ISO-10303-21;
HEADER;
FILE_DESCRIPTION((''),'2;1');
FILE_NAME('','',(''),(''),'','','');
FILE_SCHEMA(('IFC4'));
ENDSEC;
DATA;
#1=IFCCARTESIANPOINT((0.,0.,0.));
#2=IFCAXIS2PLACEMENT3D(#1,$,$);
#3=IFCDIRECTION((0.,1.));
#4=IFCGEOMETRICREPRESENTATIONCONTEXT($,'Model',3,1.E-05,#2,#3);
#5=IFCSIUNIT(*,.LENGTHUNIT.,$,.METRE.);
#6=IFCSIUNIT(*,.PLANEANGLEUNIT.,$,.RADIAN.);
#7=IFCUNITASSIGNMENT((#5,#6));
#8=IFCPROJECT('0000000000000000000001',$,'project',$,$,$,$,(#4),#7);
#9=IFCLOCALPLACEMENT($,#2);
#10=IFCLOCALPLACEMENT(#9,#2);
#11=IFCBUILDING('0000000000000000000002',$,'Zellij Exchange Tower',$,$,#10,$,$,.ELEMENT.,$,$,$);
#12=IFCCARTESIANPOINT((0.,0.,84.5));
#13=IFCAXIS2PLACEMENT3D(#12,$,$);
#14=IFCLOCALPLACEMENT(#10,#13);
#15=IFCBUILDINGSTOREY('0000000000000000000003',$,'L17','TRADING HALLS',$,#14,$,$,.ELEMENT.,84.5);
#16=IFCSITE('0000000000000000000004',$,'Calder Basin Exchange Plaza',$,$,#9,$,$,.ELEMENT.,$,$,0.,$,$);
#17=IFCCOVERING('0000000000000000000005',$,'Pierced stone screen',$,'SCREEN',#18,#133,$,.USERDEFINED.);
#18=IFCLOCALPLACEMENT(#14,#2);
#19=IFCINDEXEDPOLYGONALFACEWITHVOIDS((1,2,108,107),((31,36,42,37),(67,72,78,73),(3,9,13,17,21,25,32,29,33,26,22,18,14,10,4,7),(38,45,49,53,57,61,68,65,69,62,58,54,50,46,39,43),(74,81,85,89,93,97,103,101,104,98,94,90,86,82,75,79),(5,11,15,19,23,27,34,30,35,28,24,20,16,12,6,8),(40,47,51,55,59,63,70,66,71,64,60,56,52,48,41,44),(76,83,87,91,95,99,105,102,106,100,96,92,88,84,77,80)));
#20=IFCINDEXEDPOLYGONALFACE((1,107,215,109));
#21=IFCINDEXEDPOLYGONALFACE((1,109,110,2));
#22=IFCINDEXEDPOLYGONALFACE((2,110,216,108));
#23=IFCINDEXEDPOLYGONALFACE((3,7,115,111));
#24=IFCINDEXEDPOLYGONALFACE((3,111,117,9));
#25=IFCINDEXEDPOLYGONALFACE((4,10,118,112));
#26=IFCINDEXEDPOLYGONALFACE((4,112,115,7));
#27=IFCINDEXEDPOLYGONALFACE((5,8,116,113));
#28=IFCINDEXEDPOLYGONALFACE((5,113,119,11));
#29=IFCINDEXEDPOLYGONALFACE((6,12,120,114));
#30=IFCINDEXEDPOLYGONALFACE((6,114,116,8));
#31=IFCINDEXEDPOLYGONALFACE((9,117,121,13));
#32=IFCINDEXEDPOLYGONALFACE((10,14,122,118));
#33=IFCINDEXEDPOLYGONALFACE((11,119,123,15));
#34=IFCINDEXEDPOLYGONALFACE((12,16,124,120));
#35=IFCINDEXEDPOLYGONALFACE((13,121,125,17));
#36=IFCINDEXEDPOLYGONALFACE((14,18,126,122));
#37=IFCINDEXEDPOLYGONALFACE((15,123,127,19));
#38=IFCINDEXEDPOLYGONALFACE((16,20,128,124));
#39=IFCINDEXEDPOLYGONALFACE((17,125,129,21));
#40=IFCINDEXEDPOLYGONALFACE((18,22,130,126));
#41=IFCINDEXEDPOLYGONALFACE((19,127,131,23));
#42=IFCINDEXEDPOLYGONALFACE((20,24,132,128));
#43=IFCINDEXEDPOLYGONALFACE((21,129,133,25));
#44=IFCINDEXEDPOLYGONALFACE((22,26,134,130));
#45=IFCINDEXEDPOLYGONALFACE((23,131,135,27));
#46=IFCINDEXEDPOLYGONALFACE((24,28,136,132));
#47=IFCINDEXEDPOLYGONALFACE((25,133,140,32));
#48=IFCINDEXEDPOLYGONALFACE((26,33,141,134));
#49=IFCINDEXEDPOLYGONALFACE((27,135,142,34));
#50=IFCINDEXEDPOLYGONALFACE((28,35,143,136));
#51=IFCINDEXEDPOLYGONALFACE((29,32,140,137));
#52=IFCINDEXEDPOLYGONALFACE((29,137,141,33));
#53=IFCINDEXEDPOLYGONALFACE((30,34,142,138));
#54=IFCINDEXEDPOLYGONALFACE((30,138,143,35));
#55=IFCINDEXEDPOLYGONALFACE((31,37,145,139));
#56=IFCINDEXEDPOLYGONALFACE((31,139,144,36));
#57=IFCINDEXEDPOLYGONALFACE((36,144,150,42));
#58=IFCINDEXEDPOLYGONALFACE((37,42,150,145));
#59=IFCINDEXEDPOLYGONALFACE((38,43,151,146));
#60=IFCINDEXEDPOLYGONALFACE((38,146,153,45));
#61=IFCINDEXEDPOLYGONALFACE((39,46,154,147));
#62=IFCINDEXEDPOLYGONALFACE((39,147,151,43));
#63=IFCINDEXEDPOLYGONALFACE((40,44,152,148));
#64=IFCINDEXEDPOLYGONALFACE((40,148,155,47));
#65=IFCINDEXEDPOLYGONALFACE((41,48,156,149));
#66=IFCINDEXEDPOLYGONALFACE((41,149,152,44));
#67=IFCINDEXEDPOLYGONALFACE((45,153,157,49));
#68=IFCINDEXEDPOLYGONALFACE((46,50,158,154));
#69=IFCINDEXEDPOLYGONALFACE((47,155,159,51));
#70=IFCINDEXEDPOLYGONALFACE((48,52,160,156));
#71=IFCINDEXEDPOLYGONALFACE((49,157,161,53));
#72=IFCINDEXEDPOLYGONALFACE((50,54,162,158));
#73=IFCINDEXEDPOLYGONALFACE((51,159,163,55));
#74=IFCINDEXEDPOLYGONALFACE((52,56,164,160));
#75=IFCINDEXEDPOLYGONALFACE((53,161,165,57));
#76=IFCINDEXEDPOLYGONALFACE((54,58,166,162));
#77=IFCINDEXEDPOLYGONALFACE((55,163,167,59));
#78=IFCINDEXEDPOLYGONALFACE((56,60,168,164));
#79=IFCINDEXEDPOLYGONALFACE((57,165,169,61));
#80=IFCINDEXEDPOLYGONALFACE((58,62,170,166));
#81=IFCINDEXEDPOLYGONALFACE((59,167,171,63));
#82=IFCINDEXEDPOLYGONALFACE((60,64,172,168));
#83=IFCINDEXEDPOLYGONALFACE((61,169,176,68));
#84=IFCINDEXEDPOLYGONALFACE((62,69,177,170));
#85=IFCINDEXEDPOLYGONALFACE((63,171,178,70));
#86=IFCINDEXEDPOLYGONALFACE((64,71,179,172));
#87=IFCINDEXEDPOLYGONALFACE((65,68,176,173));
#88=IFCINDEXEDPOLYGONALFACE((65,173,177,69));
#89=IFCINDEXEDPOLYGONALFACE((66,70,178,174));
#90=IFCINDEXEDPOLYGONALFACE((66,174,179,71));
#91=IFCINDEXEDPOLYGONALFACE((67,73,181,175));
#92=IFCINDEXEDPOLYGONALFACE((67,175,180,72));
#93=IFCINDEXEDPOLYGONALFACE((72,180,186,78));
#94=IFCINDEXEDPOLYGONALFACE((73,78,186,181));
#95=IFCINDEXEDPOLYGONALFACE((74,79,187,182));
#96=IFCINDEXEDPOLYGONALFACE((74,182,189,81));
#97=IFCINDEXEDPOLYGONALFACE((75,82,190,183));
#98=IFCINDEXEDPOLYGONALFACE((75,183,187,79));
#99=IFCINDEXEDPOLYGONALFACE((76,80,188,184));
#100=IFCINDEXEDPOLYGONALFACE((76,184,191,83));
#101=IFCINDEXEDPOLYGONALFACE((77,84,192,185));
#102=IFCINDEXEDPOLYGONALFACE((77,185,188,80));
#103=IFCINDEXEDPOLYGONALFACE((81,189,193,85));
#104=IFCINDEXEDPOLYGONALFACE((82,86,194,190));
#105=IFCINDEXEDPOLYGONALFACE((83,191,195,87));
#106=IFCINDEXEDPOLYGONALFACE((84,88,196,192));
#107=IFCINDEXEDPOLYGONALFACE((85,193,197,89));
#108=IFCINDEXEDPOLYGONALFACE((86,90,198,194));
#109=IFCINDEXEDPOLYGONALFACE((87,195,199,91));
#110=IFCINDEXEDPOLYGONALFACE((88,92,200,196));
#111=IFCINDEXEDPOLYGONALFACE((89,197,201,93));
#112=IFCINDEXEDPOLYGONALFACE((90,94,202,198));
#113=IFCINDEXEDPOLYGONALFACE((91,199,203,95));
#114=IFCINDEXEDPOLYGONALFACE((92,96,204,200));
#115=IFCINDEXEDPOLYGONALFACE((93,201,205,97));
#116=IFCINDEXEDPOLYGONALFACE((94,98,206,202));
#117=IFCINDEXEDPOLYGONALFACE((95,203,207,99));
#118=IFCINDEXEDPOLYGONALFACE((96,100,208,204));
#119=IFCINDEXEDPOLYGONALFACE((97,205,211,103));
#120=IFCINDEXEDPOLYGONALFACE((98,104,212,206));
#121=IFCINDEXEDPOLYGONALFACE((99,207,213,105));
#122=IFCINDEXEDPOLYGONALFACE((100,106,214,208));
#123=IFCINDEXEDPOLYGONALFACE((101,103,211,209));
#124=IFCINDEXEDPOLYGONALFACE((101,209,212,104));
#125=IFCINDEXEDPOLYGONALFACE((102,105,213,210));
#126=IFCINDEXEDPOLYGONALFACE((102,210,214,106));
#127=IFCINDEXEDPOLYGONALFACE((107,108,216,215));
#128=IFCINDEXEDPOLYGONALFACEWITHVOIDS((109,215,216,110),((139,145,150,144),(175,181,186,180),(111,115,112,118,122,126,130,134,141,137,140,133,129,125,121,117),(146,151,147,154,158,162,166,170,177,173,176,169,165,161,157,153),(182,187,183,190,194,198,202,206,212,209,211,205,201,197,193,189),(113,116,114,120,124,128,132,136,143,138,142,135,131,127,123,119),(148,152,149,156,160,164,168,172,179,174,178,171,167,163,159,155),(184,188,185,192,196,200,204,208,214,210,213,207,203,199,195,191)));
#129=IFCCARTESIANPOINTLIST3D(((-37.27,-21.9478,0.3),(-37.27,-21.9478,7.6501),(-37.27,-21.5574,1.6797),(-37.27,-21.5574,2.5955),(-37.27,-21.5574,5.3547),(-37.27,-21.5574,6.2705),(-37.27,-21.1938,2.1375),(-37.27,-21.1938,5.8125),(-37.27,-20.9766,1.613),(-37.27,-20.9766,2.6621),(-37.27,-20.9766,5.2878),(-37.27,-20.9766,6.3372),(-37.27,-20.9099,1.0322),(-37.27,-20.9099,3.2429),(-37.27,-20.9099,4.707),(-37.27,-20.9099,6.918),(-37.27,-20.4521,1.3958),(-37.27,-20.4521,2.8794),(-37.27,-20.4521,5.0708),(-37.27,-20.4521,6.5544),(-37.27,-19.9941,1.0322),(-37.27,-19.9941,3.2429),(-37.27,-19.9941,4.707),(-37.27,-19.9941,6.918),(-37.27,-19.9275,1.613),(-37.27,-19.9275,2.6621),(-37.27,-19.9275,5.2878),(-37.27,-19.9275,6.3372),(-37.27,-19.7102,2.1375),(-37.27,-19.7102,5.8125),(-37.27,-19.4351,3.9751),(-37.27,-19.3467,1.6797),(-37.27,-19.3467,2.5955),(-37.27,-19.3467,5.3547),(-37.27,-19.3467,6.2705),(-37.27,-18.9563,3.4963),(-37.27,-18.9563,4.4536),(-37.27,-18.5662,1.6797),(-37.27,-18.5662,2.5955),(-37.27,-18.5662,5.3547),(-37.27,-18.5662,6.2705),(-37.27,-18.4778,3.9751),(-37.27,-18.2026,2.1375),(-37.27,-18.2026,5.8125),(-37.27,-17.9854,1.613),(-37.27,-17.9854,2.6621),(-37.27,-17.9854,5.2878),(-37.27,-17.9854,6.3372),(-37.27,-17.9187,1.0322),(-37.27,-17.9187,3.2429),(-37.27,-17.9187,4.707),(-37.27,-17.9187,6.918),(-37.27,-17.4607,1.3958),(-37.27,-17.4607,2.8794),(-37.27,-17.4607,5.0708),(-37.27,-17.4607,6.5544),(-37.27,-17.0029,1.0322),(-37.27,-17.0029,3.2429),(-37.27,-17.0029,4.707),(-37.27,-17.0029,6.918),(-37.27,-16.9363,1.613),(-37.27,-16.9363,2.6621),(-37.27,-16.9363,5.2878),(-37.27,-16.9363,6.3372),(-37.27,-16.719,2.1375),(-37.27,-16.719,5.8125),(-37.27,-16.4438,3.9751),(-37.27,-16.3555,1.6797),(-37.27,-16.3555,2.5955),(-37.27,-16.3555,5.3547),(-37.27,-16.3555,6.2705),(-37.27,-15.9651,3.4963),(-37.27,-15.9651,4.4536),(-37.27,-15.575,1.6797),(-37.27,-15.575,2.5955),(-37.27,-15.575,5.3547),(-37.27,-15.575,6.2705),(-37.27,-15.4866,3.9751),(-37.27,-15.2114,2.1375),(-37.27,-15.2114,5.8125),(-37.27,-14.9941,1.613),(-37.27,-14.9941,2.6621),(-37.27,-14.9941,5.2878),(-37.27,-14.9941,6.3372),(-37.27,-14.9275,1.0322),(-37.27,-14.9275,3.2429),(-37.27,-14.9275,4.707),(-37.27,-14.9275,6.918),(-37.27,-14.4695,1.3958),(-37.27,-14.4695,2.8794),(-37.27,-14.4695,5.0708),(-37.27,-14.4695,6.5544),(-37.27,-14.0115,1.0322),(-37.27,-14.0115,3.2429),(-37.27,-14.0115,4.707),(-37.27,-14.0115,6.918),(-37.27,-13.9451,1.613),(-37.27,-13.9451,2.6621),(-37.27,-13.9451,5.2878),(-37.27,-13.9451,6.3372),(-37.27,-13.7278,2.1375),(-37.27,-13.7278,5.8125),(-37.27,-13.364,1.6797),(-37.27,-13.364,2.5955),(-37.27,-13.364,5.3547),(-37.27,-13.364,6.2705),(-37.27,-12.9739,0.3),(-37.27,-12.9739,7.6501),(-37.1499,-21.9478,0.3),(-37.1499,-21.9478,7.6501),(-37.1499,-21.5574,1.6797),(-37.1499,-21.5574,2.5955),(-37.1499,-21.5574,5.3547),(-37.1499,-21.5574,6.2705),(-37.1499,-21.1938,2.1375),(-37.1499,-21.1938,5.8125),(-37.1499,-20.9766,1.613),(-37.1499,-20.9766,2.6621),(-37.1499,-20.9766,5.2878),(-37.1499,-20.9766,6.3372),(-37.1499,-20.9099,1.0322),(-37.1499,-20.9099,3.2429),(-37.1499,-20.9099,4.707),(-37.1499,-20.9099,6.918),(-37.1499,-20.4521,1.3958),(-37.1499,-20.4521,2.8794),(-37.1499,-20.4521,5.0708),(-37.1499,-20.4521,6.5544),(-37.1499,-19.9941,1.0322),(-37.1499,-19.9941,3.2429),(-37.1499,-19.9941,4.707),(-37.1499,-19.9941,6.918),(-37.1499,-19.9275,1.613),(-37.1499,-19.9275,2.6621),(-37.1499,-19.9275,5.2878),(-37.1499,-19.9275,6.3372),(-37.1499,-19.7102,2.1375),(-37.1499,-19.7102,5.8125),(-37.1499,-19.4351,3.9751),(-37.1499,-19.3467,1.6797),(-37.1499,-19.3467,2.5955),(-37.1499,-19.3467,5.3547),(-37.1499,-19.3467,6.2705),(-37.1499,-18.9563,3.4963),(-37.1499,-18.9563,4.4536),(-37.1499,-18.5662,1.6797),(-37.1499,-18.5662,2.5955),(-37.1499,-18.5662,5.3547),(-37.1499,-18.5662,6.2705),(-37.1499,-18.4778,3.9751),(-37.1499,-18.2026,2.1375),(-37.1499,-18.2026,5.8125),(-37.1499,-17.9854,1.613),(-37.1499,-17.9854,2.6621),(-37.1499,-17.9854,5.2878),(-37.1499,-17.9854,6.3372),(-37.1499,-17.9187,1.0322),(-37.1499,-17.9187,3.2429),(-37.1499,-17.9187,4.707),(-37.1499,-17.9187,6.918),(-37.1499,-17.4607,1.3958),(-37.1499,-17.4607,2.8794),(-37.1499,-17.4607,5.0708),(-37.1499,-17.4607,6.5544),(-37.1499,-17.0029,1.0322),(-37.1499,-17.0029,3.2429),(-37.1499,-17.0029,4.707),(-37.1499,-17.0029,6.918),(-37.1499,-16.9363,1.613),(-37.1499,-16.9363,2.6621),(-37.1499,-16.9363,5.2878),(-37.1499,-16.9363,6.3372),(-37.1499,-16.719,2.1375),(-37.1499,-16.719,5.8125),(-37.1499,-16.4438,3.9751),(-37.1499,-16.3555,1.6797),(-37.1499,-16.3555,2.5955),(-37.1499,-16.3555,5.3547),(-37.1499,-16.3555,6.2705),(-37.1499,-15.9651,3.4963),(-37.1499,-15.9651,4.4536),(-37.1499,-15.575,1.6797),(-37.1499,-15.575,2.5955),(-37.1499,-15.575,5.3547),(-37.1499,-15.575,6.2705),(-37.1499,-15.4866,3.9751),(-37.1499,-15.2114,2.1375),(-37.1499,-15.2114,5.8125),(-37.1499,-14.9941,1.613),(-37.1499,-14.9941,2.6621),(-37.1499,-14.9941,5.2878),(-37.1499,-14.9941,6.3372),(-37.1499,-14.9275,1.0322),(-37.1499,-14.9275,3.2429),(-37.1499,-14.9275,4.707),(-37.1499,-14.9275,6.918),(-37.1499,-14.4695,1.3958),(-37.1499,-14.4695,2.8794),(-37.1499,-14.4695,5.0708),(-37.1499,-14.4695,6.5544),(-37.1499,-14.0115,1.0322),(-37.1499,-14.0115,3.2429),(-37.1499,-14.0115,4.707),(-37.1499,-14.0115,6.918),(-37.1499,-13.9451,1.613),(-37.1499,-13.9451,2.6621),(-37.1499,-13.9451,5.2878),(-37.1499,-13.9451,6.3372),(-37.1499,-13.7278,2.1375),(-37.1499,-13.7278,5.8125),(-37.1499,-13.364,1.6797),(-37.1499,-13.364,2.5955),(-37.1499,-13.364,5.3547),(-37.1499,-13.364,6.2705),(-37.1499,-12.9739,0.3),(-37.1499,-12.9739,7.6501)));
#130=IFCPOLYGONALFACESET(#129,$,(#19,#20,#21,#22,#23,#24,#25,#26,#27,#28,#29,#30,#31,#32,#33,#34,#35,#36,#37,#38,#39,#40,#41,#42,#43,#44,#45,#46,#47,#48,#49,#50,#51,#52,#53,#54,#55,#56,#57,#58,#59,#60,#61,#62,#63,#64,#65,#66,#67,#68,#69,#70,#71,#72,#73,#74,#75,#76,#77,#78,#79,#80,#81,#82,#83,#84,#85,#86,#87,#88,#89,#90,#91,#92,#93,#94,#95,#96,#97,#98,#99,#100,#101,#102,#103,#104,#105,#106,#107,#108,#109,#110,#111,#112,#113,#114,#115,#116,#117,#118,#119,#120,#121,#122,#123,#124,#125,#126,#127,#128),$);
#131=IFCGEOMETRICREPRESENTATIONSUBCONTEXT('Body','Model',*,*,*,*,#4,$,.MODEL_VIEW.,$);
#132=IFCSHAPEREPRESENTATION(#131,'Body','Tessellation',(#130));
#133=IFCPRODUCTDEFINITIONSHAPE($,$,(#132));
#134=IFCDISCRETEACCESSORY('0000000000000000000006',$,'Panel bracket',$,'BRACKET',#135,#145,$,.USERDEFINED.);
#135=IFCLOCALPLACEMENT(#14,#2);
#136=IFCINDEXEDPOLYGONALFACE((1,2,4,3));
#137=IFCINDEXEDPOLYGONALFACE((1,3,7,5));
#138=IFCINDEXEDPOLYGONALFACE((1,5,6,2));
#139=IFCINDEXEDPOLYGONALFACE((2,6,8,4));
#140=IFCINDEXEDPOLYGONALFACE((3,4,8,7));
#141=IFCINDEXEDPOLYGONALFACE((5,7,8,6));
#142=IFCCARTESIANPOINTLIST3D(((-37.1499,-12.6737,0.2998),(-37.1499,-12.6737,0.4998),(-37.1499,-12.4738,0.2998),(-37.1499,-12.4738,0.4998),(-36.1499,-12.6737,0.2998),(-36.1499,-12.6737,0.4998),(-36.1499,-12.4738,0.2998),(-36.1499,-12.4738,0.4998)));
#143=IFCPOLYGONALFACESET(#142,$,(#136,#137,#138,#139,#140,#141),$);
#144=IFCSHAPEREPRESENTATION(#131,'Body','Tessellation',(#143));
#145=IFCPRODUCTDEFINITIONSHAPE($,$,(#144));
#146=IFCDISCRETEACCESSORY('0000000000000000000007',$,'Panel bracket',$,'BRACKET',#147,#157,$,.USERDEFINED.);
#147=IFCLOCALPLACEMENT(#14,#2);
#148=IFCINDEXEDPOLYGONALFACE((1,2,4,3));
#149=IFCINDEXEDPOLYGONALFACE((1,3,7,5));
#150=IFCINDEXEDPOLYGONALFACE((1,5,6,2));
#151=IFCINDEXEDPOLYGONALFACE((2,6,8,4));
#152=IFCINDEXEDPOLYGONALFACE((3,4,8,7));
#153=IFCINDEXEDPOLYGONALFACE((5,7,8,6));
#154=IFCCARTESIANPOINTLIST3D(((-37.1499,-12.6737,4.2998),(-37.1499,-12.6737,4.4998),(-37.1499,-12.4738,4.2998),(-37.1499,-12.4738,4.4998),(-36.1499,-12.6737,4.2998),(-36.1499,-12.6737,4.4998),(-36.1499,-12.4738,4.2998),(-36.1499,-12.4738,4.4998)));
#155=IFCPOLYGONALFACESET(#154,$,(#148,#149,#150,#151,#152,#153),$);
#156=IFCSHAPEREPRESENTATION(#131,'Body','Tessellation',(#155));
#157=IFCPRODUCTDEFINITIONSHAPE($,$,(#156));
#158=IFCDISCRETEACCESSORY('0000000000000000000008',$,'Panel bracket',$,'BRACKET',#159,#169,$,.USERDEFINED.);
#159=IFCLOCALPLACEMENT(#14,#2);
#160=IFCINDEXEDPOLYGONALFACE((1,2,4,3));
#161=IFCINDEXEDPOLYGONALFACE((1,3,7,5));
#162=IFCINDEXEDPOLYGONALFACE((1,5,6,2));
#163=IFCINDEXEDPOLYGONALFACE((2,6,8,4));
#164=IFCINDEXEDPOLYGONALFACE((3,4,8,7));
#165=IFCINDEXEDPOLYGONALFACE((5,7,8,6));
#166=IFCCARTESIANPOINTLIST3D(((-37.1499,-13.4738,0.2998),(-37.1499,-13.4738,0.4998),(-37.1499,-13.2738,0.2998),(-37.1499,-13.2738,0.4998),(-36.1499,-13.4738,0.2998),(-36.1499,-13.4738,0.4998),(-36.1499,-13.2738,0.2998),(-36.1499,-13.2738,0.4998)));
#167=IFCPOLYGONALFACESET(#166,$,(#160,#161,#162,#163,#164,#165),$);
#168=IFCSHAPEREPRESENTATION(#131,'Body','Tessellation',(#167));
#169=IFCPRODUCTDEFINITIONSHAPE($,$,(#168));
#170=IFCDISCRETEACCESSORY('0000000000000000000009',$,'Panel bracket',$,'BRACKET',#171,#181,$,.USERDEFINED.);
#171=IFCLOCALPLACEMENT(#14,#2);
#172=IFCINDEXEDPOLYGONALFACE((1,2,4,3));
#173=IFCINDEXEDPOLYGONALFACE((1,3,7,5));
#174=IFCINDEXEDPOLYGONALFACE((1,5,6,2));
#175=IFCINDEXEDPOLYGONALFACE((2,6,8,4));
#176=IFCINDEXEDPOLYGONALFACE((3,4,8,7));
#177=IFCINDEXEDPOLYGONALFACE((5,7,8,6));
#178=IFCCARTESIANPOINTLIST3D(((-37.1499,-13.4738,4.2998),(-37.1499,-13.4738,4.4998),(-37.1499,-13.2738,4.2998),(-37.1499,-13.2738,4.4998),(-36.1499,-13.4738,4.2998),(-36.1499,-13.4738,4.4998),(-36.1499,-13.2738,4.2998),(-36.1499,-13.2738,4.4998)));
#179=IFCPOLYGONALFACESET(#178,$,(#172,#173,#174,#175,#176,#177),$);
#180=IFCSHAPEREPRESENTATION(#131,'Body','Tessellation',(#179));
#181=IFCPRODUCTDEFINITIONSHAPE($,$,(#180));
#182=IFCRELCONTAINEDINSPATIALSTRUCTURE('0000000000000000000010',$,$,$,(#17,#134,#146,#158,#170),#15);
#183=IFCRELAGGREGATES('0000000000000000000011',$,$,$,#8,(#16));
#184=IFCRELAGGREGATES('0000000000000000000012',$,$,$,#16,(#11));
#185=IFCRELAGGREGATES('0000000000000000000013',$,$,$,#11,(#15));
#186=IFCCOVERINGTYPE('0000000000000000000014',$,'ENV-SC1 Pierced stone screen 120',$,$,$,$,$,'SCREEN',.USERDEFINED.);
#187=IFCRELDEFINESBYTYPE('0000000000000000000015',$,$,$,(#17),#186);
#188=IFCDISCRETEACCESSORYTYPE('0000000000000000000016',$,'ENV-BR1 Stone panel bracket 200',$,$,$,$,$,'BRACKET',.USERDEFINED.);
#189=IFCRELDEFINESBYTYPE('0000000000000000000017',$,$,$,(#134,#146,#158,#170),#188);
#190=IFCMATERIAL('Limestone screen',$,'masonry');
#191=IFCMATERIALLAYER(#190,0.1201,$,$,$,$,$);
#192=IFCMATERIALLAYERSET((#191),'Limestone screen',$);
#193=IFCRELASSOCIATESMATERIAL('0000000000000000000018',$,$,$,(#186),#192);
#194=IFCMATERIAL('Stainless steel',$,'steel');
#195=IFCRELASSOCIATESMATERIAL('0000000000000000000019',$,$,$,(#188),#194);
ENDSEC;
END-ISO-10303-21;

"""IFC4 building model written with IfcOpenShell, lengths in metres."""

from ifc_helpers import new_model, si_unit, direction, frame, origin, origin_2d, place, context, subcontext, project, spatial, polyline, rectangle, outline, extrude, material, layer, layer_set, type_object, element, save


model = new_model("IFC4")

# Units and contexts
model_context = context("Model", 3, precision=1e-05, world=origin(), true_north=direction((0.0, 1.0)))
body_context = subcontext(model_context, "Body", "Model", "MODEL_VIEW")
ifc_project = project(units=[si_unit("LENGTHUNIT", "METRE"), si_unit("PLANEANGLEUNIT", "RADIAN")], contexts=[model_context])

# Site, building, storey
site_placement = place(None, origin())
site = spatial("IfcSite", under=ifc_project, at=site_placement, Name="Calder Basin Exchange Plaza", CompositionType="ELEMENT", RefElevation=0.0)
building_placement = place(site_placement, origin())
building = spatial("IfcBuilding", under=site, at=building_placement, Name="Zellij Exchange Tower", CompositionType="ELEMENT")
storey_placement = place(building_placement, frame((0.0, 0.0, 84.5)))
storey = spatial("IfcBuildingStorey", under=building, at=storey_placement, Name="L17", Description="TRADING HALLS", CompositionType="ELEMENT", Elevation=84.5)

# Shared definitions
ifc_material_1 = material(Name="Stainless steel", Category="steel")

# Covering
ifc_material_2 = material(Name="Limestone screen", Category="masonry")
ifc_layer_1 = layer(ifc_material_2, 0.1201)
ifc_layer_set_1 = layer_set([ifc_layer_1], Name="Limestone screen")
covering_type = type_object("IfcCoveringType", Name="ENV-SC1 Pierced stone screen 120", ElementType="SCREEN", PredefinedType="USERDEFINED", material=ifc_layer_set_1)
covering_placement = place(storey_placement, frame((-37.21, -12.9739, 0.3), z_axis=(0.0, 0.0, 1.0), x_axis=(0.0, -1.0, 0.0)))
element("IfcCovering", 1, at=covering_placement, inside=storey, type_object=covering_type, Name="Pierced stone screen", ObjectType="SCREEN", PredefinedType="USERDEFINED", context=body_context, shape_type="SweptSolid", body=[
    extrude(outline(polyline([(0.0, 0.0), (8.9739, 0.0), (8.9739, 7.3501), (0.0, 7.3501), (0.0, 0.0)]), holes=[polyline([(2.6011, 2.2954), (2.0203, 2.3621), (1.9536, 2.9429), (1.4956, 2.5793), (1.0376, 2.9429), (0.9712, 2.3621), (0.3901, 2.2954), (0.7539, 1.8374), (0.3901, 1.3796), (0.9712, 1.313), (1.0376, 0.7322), (1.4956, 1.0957), (1.9536, 0.7322), (2.0203, 1.313), (2.6011, 1.3796), (2.2375, 1.8374), (2.6011, 2.2954)]), polyline([(2.6011, 5.9705), (2.0203, 6.0371), (1.9536, 6.6179), (1.4956, 6.2544), (1.0376, 6.6179), (0.9712, 6.0371), (0.3901, 5.9705), (0.7539, 5.5125), (0.3901, 5.0547), (0.9712, 4.9878), (1.0376, 4.407), (1.4956, 4.7708), (1.9536, 4.407), (2.0203, 4.9878), (2.6011, 5.0547), (2.2375, 5.5125), (2.6011, 5.9705)]), polyline([(5.5923, 2.2954), (5.0115, 2.3621), (4.9448, 2.9429), (4.4868, 2.5793), (4.0291, 2.9429), (3.9624, 2.3621), (3.3816, 2.2954), (3.7451, 1.8374), (3.3816, 1.3796), (3.9624, 1.313), (4.0291, 0.7322), (4.4868, 1.0957), (4.9448, 0.7322), (5.0115, 1.313), (5.5923, 1.3796), (5.2288, 1.8374), (5.5923, 2.2954)]), polyline([(5.5923, 5.9705), (5.0115, 6.0371), (4.9448, 6.6179), (4.4868, 6.2544), (4.0291, 6.6179), (3.9624, 6.0371), (3.3816, 5.9705), (3.7451, 5.5125), (3.3816, 5.0547), (3.9624, 4.9878), (4.0291, 4.407), (4.4868, 4.7708), (4.9448, 4.407), (5.0115, 4.9878), (5.5923, 5.0547), (5.2288, 5.5125), (5.5923, 5.9705)]), polyline([(8.5835, 2.2954), (8.0027, 2.3621), (7.936, 2.9429), (7.4783, 2.5793), (7.0203, 2.9429), (6.9536, 2.3621), (6.3728, 2.2954), (6.7363, 1.8374), (6.3728, 1.3796), (6.9536, 1.313), (7.0203, 0.7322), (7.4783, 1.0957), (7.936, 0.7322), (8.0027, 1.313), (8.5835, 1.3796), (8.22, 1.8374), (8.5835, 2.2954)]), polyline([(8.5835, 5.9705), (8.0027, 6.0371), (7.936, 6.6179), (7.4783, 6.2544), (7.0203, 6.6179), (6.9536, 6.0371), (6.3728, 5.9705), (6.7363, 5.5125), (6.3728, 5.0547), (6.9536, 4.9878), (7.0203, 4.407), (7.4783, 4.7708), (7.936, 4.407), (8.0027, 4.9878), (8.5835, 5.0547), (8.22, 5.5125), (8.5835, 5.9705)]), polyline([(3.47, 3.675), (2.9912, 4.1536), (2.5127, 3.675), (2.9912, 3.1963), (3.47, 3.675)]), polyline([(6.4612, 3.675), (5.9824, 4.1536), (5.5039, 3.675), (5.9824, 3.1963), (6.4612, 3.675)])]), frame((0.0, 0.0601, 0.0), z_axis=(0.0, -1.0, 0.0), x_axis=(1.0, 0.0, 0.0)), (0.0, 0.0, 1.0), 0.1201),
])

# Discrete accessories
discrete_accessory_type = type_object("IfcDiscreteAccessoryType", Name="ENV-BR1 Stone panel bracket 200", ElementType="BRACKET", PredefinedType="USERDEFINED", material=ifc_material_1)
for number, where, z_axis, x_axis, name in (
    (2, (-36.6499, -12.5737, 0.2998), (0.0, 0.0, 1.0), (0.0, -1.0, 0.0), "Panel bracket"),
    (3, (-36.6499, -12.5737, 4.2998), (0.0, 0.0, 1.0), (0.0, -1.0, 0.0), "Panel bracket"),
    (4, (-36.6499, -13.3738, 0.2998), (0.0, 0.0, 1.0), (0.0, -1.0, 0.0), "Panel bracket"),
    (5, (-36.6499, -13.3738, 4.2998), (0.0, 0.0, 1.0), (0.0, -1.0, 0.0), "Panel bracket"),
):
    element("IfcDiscreteAccessory", number, at=place(storey_placement, frame(where, z_axis=z_axis, x_axis=x_axis)), inside=storey, type_object=discrete_accessory_type, Name=name, ObjectType="BRACKET", PredefinedType="USERDEFINED", context=body_context, shape_type="SweptSolid", body=[
        extrude(rectangle(XDim=0.2, YDim=1.0, at=origin_2d()), origin(), (0.0, 0.0, 1.0), 0.2),
    ])

save(model, "model.ifc")
